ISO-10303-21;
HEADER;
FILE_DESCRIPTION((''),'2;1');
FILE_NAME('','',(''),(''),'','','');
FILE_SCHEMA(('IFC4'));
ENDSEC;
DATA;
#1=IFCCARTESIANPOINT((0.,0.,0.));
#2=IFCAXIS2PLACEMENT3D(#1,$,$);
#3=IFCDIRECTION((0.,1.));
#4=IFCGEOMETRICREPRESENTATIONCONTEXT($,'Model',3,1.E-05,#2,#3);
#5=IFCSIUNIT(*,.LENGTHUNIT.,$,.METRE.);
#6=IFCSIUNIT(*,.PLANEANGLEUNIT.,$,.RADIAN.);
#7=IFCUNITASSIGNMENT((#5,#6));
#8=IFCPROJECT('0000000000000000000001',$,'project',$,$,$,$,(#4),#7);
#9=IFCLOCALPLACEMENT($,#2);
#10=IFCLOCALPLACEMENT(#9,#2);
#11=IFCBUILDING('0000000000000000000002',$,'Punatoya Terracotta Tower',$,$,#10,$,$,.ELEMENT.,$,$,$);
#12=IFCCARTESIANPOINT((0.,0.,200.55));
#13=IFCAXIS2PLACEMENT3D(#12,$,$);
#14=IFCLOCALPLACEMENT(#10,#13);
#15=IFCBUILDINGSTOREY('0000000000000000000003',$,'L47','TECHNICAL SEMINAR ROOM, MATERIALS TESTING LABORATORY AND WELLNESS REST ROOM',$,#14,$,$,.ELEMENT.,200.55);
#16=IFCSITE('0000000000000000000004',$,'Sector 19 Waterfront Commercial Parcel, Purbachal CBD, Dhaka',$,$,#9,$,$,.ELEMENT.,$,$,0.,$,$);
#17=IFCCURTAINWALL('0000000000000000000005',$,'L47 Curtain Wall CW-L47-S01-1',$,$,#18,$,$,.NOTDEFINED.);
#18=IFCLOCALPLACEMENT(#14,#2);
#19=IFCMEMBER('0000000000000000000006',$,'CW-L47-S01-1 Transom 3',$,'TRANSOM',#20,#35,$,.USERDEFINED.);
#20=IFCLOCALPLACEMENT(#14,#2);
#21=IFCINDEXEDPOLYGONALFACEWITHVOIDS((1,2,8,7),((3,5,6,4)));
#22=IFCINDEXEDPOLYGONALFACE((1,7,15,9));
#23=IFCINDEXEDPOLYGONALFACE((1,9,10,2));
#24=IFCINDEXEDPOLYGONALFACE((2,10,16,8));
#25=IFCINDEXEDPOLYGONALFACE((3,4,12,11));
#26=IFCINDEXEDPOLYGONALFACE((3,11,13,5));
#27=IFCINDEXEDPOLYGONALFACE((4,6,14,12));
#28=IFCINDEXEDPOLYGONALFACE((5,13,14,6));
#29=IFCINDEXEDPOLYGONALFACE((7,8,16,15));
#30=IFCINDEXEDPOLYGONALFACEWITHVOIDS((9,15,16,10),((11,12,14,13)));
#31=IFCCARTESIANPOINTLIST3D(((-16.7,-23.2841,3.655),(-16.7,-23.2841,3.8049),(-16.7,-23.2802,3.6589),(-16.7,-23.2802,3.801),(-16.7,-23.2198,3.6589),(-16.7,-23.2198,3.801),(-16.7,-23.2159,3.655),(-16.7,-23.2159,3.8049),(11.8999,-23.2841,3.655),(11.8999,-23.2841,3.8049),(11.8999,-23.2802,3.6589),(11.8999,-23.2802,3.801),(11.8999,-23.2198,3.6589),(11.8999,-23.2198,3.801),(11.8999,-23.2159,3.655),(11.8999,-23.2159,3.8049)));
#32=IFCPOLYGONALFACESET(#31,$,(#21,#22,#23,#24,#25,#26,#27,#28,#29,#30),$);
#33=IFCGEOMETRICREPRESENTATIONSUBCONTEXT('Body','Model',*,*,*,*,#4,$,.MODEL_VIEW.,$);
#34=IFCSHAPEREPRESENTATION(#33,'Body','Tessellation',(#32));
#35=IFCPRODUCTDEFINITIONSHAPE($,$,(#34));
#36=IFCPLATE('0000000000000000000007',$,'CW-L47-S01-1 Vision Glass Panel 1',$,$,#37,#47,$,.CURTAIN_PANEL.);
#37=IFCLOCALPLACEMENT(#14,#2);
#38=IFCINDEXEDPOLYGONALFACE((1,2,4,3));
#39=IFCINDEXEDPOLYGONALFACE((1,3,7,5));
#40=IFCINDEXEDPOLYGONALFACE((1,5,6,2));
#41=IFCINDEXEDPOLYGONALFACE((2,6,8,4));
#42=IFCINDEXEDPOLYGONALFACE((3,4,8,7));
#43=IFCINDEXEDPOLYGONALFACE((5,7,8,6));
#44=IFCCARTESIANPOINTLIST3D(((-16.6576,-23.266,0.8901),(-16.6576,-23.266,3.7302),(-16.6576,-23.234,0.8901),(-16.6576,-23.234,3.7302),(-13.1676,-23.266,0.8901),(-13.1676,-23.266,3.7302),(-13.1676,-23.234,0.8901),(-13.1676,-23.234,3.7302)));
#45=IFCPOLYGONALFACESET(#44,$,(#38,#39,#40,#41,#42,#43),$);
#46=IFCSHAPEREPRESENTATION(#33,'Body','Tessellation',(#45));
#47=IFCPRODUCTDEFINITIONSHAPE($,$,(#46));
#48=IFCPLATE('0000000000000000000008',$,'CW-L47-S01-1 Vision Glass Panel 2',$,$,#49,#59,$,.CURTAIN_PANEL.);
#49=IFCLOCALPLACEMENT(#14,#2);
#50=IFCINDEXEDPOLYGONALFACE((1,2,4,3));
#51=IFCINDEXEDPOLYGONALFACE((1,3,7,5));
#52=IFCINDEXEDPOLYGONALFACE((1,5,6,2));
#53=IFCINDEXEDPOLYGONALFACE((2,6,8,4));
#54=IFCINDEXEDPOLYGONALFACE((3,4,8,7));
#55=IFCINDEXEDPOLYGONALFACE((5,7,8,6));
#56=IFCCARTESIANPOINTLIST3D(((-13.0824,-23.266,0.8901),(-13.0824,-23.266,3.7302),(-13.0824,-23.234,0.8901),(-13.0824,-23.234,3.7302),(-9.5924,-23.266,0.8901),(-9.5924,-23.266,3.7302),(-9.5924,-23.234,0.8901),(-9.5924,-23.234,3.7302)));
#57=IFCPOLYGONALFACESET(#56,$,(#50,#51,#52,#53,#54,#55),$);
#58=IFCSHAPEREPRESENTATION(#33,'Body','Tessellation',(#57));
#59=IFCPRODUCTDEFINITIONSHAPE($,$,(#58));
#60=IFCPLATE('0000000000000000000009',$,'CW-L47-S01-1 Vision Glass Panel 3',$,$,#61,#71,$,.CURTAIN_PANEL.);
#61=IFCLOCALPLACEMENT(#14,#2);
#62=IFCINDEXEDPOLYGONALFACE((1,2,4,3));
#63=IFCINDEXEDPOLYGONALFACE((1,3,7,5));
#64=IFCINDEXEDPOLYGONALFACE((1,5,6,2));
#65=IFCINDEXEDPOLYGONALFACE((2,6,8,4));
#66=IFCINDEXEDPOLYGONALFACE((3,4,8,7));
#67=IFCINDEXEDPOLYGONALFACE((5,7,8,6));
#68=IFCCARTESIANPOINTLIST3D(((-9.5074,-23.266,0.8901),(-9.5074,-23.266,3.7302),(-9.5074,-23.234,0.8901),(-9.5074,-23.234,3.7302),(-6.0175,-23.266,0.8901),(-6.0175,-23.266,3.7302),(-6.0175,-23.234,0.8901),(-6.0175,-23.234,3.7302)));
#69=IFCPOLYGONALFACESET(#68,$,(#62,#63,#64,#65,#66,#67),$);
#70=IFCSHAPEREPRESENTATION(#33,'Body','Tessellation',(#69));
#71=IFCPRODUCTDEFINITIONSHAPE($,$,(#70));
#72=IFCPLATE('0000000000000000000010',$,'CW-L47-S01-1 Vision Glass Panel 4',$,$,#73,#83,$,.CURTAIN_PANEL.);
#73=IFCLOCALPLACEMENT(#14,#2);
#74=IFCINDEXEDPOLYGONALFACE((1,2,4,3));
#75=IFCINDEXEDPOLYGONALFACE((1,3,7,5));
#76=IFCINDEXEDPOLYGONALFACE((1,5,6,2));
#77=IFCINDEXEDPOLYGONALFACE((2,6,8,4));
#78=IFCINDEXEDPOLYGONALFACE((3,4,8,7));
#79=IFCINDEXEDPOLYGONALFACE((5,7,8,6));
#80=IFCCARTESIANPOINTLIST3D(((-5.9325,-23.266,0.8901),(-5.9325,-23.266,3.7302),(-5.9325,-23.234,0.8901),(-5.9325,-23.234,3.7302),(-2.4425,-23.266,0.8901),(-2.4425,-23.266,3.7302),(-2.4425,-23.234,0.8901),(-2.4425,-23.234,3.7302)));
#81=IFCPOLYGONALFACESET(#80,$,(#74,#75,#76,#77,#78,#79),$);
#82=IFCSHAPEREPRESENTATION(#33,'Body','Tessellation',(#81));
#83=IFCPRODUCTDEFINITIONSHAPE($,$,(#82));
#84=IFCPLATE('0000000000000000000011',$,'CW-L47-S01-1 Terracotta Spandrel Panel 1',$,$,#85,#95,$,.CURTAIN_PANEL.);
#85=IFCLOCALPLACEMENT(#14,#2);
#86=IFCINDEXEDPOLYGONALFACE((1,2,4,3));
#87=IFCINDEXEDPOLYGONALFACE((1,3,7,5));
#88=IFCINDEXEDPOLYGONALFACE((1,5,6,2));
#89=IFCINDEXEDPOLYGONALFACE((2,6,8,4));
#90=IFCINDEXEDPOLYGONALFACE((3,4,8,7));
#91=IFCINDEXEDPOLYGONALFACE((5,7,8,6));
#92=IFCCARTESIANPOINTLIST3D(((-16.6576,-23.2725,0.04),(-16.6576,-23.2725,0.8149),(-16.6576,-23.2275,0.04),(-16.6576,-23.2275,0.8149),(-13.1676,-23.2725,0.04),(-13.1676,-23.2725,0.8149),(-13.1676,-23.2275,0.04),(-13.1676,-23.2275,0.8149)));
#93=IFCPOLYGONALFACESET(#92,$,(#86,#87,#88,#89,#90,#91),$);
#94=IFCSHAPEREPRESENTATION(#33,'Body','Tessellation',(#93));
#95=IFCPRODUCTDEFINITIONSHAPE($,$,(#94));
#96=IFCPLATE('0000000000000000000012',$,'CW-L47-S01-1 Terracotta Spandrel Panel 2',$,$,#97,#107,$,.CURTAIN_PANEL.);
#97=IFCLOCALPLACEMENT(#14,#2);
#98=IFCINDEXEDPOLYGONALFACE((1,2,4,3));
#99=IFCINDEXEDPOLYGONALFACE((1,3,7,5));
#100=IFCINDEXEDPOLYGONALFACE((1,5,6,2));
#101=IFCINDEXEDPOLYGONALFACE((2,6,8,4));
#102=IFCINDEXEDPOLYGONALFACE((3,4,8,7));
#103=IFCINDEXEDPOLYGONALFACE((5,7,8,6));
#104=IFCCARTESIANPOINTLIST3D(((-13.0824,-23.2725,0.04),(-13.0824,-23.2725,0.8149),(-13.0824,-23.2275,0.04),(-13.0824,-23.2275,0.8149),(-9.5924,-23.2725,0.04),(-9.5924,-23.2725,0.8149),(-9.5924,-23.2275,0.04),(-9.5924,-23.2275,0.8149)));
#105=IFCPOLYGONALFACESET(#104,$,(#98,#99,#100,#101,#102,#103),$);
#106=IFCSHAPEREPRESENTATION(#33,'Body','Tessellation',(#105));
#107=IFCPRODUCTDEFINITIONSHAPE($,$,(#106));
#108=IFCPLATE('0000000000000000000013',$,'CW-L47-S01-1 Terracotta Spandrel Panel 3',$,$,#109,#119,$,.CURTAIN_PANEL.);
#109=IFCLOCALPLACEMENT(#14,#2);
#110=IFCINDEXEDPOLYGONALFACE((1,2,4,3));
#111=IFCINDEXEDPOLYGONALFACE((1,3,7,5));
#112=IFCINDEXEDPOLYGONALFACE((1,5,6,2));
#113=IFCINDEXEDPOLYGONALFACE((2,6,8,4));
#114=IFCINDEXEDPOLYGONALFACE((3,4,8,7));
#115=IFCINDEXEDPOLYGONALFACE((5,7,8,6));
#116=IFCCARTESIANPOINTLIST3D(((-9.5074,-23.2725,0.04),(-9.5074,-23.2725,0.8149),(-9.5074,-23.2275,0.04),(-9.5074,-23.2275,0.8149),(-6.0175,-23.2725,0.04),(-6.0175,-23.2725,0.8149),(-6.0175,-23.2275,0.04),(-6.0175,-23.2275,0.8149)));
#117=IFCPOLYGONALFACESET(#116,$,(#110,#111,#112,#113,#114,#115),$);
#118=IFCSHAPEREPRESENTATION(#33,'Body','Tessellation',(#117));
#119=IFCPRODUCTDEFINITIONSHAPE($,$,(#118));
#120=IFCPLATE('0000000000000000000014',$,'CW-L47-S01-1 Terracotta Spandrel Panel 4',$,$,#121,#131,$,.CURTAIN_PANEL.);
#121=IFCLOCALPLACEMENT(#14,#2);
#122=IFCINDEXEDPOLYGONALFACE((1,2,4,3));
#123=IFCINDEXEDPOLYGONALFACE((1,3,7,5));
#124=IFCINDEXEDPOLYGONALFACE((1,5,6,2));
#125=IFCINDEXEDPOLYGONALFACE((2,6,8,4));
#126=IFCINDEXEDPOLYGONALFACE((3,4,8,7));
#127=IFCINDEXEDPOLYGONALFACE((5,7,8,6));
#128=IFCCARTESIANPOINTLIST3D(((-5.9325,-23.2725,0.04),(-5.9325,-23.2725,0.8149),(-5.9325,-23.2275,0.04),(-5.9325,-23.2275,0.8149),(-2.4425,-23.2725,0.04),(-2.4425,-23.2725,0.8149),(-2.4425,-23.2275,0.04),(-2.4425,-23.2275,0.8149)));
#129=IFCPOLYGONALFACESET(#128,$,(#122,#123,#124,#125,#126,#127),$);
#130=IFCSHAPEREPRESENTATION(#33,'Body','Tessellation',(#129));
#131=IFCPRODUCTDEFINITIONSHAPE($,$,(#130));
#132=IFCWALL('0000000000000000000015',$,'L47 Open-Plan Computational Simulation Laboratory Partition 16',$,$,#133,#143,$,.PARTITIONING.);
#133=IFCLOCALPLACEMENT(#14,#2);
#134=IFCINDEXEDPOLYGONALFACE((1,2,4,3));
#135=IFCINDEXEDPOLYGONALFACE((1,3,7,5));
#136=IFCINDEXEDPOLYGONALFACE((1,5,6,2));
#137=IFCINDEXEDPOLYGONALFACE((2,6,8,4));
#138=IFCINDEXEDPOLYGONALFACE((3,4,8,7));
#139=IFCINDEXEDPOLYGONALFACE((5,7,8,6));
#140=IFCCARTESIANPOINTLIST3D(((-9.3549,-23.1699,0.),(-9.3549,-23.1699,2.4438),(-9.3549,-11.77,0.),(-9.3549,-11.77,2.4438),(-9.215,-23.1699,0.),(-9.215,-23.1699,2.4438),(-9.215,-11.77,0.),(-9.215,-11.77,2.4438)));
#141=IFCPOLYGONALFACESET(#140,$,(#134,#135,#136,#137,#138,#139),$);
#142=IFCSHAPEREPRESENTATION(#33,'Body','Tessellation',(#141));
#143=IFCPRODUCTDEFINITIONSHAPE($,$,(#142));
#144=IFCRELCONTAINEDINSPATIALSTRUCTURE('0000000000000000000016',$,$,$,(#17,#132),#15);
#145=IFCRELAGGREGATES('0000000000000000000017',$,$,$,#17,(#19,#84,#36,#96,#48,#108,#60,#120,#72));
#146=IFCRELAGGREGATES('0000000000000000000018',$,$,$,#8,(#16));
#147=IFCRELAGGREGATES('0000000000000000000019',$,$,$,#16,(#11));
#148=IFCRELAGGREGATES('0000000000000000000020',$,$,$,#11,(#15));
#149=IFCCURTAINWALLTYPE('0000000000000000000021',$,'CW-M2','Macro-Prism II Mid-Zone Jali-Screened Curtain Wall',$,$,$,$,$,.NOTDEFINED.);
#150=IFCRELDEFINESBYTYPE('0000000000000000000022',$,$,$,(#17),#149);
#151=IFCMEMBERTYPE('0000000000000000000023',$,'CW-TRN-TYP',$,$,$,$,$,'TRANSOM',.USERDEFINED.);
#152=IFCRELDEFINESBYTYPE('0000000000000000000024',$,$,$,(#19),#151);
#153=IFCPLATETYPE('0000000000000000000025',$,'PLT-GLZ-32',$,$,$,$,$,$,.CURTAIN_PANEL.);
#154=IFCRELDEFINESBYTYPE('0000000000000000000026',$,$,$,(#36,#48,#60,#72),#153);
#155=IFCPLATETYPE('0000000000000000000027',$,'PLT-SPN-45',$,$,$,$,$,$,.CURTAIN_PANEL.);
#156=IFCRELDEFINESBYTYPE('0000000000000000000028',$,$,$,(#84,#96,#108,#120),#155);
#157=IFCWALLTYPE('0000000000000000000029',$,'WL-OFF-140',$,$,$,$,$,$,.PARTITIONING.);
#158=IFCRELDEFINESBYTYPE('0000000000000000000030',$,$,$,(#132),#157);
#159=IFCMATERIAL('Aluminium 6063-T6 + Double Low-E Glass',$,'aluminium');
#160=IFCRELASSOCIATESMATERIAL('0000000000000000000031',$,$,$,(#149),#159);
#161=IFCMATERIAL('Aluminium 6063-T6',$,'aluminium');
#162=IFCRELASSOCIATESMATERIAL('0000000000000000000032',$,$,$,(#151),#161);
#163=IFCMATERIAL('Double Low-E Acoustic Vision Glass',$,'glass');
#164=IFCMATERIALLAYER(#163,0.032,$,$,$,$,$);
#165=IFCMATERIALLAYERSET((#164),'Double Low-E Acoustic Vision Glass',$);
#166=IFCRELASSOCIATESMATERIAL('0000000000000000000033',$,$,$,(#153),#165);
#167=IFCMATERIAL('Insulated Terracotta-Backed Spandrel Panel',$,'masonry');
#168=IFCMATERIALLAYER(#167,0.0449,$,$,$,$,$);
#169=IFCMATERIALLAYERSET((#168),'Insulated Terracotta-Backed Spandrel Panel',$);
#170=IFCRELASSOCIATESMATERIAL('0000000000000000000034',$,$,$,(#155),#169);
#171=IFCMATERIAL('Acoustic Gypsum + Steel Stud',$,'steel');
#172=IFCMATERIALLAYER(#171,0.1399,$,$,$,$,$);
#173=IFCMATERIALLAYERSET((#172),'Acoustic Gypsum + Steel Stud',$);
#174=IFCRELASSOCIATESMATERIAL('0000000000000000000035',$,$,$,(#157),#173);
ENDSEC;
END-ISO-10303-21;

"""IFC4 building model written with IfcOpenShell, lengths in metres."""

from ifc_helpers import new_model, si_unit, direction, frame, frame_2d, origin, origin_2d, place, context, subcontext, project, spatial, rectangle, hollow_rectangle, extrude, material, layer, layer_set, material_profile, profile_set, type_object, element, aggregate, save


model = new_model("IFC4")

# Units and contexts
model_context = context("Model", 3, precision=1e-05, world=origin(), true_north=direction((0.0, 1.0)))
body_context = subcontext(model_context, "Body", "Model", "MODEL_VIEW")
ifc_project = project(units=[si_unit("LENGTHUNIT", "METRE"), si_unit("PLANEANGLEUNIT", "RADIAN")], contexts=[model_context])

# Site, building, storey
site_placement = place(None, origin())
site = spatial("IfcSite", under=ifc_project, at=site_placement, Name="Sector 19 Waterfront Commercial Parcel, Purbachal CBD, Dhaka", CompositionType="ELEMENT", RefElevation=0.0)
building_placement = place(site_placement, origin())
building = spatial("IfcBuilding", under=site, at=building_placement, Name="Punatoya Terracotta Tower", CompositionType="ELEMENT")
storey_placement = place(building_placement, frame((0.0, 0.0, 200.55)))
storey = spatial("IfcBuildingStorey", under=building, at=storey_placement, Name="L47", Description="TECHNICAL SEMINAR ROOM, MATERIALS TESTING LABORATORY AND WELLNESS REST ROOM", CompositionType="ELEMENT", Elevation=200.55)

# Curtain wall, member, plates
ifc_material_1 = material(Name="Aluminium 6063-T6 + Double Low-E Glass", Category="aluminium")
curtain_wall_type = type_object("IfcCurtainWallType", Name="CW-M2", Description="Macro-Prism II Mid-Zone Jali-Screened Curtain Wall", PredefinedType="NOTDEFINED", material=ifc_material_1)
curtain_wall_placement = place(storey_placement, origin())
curtain_wall = element("IfcCurtainWall", 1, at=curtain_wall_placement, inside=storey, type_object=curtain_wall_type, Name="L47 Curtain Wall CW-L47-S01-1", PredefinedType="NOTDEFINED")
ifc_material_2 = material(Name="Aluminium 6063-T6", Category="aluminium")
ifc_material_profile_1 = material_profile(ifc_material_2, hollow_rectangle(XDim=0.0681, YDim=0.1499, WallThickness=0.0039, at=origin_2d()))
ifc_profile_set_1 = profile_set([ifc_material_profile_1], Name="Aluminium 6063-T6")
member_type_1 = type_object("IfcMemberType", Name="CW-TRN-TYP", ElementType="TRANSOM", PredefinedType="USERDEFINED", material=ifc_profile_set_1)
member_1_placement = place(storey_placement, frame((-16.7, -23.25, 3.73), z_axis=(1.0, 0.0, 0.0), x_axis=(0.0, 1.0, 0.0)))
member_1 = element("IfcMember", 2, at=member_1_placement, type_object=member_type_1, Name="CW-L47-S01-1 Transom 3", ObjectType="TRANSOM", PredefinedType="USERDEFINED", context=body_context, shape_type="SweptSolid", body=[
    extrude(hollow_rectangle(XDim=0.0681, YDim=0.1499, WallThickness=0.0039, at=origin_2d()), origin(), (0.0, 0.0, 1.0), 28.5999),
])
ifc_material_3 = material(Name="Double Low-E Acoustic Vision Glass", Category="glass")
ifc_layer_1 = layer(ifc_material_3, 0.032)
ifc_layer_set_1 = layer_set([ifc_layer_1], Name="Double Low-E Acoustic Vision Glass")
plate_type_1 = type_object("IfcPlateType", Name="PLT-GLZ-32", PredefinedType="CURTAIN_PANEL", material=ifc_layer_set_1)
plate_1_placement = place(storey_placement, frame((-14.9126, -23.25, 0.8901), z_axis=(0.0, 0.0, 1.0), x_axis=(1.0, 0.0, 0.0)))
plate_1 = element("IfcPlate", 3, at=plate_1_placement, type_object=plate_type_1, Name="CW-L47-S01-1 Vision Glass Panel 1", PredefinedType="CURTAIN_PANEL", context=body_context, shape_type="SweptSolid", body=[
    extrude(rectangle(XDim=3.49, YDim=0.032, at=origin_2d()), origin(), (0.0, 0.0, 1.0), 2.8401),
])
plate_2_placement = place(storey_placement, frame((-11.3374, -23.25, 0.8901), z_axis=(0.0, 0.0, 1.0), x_axis=(1.0, 0.0, 0.0)))
plate_2 = element("IfcPlate", 4, at=plate_2_placement, type_object=plate_type_1, Name="CW-L47-S01-1 Vision Glass Panel 2", PredefinedType="CURTAIN_PANEL", context=body_context, shape_type="SweptSolid", body=[
    extrude(rectangle(XDim=3.49, YDim=0.032, at=origin_2d()), origin(), (0.0, 0.0, 1.0), 2.8401),
])
plate_3_placement = place(storey_placement, frame((-7.7625, -23.25, 0.8901), z_axis=(0.0, 0.0, 1.0), x_axis=(1.0, 0.0, 0.0)))
plate_3 = element("IfcPlate", 5, at=plate_3_placement, type_object=plate_type_1, Name="CW-L47-S01-1 Vision Glass Panel 3", PredefinedType="CURTAIN_PANEL", context=body_context, shape_type="SweptSolid", body=[
    extrude(rectangle(XDim=3.49, YDim=0.032, at=origin_2d()), origin(), (0.0, 0.0, 1.0), 2.8401),
])
plate_4_placement = place(storey_placement, frame((-4.1875, -23.25, 0.8901), z_axis=(0.0, 0.0, 1.0), x_axis=(1.0, 0.0, 0.0)))
plate_4 = element("IfcPlate", 6, at=plate_4_placement, type_object=plate_type_1, Name="CW-L47-S01-1 Vision Glass Panel 4", PredefinedType="CURTAIN_PANEL", context=body_context, shape_type="SweptSolid", body=[
    extrude(rectangle(XDim=3.49, YDim=0.032, at=origin_2d()), origin(), (0.0, 0.0, 1.0), 2.8401),
])
ifc_material_4 = material(Name="Insulated Terracotta-Backed Spandrel Panel", Category="masonry")
ifc_layer_2 = layer(ifc_material_4, 0.0449)
ifc_layer_set_2 = layer_set([ifc_layer_2], Name="Insulated Terracotta-Backed Spandrel Panel")
plate_type_2 = type_object("IfcPlateType", Name="PLT-SPN-45", PredefinedType="CURTAIN_PANEL", material=ifc_layer_set_2)
plate_5_placement = place(storey_placement, frame((-14.9126, -23.25, 0.04), z_axis=(0.0, 0.0, 1.0), x_axis=(1.0, 0.0, 0.0)))
plate_5 = element("IfcPlate", 7, at=plate_5_placement, type_object=plate_type_2, Name="CW-L47-S01-1 Terracotta Spandrel Panel 1", PredefinedType="CURTAIN_PANEL", context=body_context, shape_type="SweptSolid", body=[
    extrude(rectangle(XDim=3.49, YDim=0.0449, at=origin_2d()), origin(), (0.0, 0.0, 1.0), 0.7749),
])
plate_6_placement = place(storey_placement, frame((-11.3374, -23.25, 0.04), z_axis=(0.0, 0.0, 1.0), x_axis=(1.0, 0.0, 0.0)))
plate_6 = element("IfcPlate", 8, at=plate_6_placement, type_object=plate_type_2, Name="CW-L47-S01-1 Terracotta Spandrel Panel 2", PredefinedType="CURTAIN_PANEL", context=body_context, shape_type="SweptSolid", body=[
    extrude(rectangle(XDim=3.49, YDim=0.0449, at=origin_2d()), origin(), (0.0, 0.0, 1.0), 0.7749),
])
plate_7_placement = place(storey_placement, frame((-7.7625, -23.25, 0.04), z_axis=(0.0, 0.0, 1.0), x_axis=(1.0, 0.0, 0.0)))
plate_7 = element("IfcPlate", 9, at=plate_7_placement, type_object=plate_type_2, Name="CW-L47-S01-1 Terracotta Spandrel Panel 3", PredefinedType="CURTAIN_PANEL", context=body_context, shape_type="SweptSolid", body=[
    extrude(rectangle(XDim=3.49, YDim=0.0449, at=origin_2d()), origin(), (0.0, 0.0, 1.0), 0.7749),
])
plate_8_placement = place(storey_placement, frame((-4.1875, -23.25, 0.04), z_axis=(0.0, 0.0, 1.0), x_axis=(1.0, 0.0, 0.0)))
plate_8 = element("IfcPlate", 10, at=plate_8_placement, type_object=plate_type_2, Name="CW-L47-S01-1 Terracotta Spandrel Panel 4", PredefinedType="CURTAIN_PANEL", context=body_context, shape_type="SweptSolid", body=[
    extrude(rectangle(XDim=3.49, YDim=0.0449, at=origin_2d()), origin(), (0.0, 0.0, 1.0), 0.7749),
])
aggregate(curtain_wall, [member_1, plate_5, plate_1, plate_6, plate_2, plate_7, plate_3, plate_8, plate_4])

# Wall
ifc_material_5 = material(Name="Acoustic Gypsum + Steel Stud", Category="steel")
ifc_layer_3 = layer(ifc_material_5, 0.1399)
ifc_layer_set_3 = layer_set([ifc_layer_3], Name="Acoustic Gypsum + Steel Stud")
wall_type = type_object("IfcWallType", Name="WL-OFF-140", PredefinedType="PARTITIONING", material=ifc_layer_set_3)
wall_placement = place(storey_placement, frame((-9.2849, -23.1699, 0.0), z_axis=(0.0, 0.0, 1.0), x_axis=(0.0, 1.0, 0.0)))
element("IfcWall", 11, at=wall_placement, inside=storey, type_object=wall_type, Name="L47 Open-Plan Computational Simulation Laboratory Partition 16", PredefinedType="PARTITIONING", context=body_context, shape_type="SweptSolid", body=[
    extrude(rectangle(XDim=11.3999, YDim=0.1399, at=frame_2d((5.7, 0.0))), origin(), (0.0, 0.0, 1.0), 2.4438),
])

save(model, "model.ifc")
